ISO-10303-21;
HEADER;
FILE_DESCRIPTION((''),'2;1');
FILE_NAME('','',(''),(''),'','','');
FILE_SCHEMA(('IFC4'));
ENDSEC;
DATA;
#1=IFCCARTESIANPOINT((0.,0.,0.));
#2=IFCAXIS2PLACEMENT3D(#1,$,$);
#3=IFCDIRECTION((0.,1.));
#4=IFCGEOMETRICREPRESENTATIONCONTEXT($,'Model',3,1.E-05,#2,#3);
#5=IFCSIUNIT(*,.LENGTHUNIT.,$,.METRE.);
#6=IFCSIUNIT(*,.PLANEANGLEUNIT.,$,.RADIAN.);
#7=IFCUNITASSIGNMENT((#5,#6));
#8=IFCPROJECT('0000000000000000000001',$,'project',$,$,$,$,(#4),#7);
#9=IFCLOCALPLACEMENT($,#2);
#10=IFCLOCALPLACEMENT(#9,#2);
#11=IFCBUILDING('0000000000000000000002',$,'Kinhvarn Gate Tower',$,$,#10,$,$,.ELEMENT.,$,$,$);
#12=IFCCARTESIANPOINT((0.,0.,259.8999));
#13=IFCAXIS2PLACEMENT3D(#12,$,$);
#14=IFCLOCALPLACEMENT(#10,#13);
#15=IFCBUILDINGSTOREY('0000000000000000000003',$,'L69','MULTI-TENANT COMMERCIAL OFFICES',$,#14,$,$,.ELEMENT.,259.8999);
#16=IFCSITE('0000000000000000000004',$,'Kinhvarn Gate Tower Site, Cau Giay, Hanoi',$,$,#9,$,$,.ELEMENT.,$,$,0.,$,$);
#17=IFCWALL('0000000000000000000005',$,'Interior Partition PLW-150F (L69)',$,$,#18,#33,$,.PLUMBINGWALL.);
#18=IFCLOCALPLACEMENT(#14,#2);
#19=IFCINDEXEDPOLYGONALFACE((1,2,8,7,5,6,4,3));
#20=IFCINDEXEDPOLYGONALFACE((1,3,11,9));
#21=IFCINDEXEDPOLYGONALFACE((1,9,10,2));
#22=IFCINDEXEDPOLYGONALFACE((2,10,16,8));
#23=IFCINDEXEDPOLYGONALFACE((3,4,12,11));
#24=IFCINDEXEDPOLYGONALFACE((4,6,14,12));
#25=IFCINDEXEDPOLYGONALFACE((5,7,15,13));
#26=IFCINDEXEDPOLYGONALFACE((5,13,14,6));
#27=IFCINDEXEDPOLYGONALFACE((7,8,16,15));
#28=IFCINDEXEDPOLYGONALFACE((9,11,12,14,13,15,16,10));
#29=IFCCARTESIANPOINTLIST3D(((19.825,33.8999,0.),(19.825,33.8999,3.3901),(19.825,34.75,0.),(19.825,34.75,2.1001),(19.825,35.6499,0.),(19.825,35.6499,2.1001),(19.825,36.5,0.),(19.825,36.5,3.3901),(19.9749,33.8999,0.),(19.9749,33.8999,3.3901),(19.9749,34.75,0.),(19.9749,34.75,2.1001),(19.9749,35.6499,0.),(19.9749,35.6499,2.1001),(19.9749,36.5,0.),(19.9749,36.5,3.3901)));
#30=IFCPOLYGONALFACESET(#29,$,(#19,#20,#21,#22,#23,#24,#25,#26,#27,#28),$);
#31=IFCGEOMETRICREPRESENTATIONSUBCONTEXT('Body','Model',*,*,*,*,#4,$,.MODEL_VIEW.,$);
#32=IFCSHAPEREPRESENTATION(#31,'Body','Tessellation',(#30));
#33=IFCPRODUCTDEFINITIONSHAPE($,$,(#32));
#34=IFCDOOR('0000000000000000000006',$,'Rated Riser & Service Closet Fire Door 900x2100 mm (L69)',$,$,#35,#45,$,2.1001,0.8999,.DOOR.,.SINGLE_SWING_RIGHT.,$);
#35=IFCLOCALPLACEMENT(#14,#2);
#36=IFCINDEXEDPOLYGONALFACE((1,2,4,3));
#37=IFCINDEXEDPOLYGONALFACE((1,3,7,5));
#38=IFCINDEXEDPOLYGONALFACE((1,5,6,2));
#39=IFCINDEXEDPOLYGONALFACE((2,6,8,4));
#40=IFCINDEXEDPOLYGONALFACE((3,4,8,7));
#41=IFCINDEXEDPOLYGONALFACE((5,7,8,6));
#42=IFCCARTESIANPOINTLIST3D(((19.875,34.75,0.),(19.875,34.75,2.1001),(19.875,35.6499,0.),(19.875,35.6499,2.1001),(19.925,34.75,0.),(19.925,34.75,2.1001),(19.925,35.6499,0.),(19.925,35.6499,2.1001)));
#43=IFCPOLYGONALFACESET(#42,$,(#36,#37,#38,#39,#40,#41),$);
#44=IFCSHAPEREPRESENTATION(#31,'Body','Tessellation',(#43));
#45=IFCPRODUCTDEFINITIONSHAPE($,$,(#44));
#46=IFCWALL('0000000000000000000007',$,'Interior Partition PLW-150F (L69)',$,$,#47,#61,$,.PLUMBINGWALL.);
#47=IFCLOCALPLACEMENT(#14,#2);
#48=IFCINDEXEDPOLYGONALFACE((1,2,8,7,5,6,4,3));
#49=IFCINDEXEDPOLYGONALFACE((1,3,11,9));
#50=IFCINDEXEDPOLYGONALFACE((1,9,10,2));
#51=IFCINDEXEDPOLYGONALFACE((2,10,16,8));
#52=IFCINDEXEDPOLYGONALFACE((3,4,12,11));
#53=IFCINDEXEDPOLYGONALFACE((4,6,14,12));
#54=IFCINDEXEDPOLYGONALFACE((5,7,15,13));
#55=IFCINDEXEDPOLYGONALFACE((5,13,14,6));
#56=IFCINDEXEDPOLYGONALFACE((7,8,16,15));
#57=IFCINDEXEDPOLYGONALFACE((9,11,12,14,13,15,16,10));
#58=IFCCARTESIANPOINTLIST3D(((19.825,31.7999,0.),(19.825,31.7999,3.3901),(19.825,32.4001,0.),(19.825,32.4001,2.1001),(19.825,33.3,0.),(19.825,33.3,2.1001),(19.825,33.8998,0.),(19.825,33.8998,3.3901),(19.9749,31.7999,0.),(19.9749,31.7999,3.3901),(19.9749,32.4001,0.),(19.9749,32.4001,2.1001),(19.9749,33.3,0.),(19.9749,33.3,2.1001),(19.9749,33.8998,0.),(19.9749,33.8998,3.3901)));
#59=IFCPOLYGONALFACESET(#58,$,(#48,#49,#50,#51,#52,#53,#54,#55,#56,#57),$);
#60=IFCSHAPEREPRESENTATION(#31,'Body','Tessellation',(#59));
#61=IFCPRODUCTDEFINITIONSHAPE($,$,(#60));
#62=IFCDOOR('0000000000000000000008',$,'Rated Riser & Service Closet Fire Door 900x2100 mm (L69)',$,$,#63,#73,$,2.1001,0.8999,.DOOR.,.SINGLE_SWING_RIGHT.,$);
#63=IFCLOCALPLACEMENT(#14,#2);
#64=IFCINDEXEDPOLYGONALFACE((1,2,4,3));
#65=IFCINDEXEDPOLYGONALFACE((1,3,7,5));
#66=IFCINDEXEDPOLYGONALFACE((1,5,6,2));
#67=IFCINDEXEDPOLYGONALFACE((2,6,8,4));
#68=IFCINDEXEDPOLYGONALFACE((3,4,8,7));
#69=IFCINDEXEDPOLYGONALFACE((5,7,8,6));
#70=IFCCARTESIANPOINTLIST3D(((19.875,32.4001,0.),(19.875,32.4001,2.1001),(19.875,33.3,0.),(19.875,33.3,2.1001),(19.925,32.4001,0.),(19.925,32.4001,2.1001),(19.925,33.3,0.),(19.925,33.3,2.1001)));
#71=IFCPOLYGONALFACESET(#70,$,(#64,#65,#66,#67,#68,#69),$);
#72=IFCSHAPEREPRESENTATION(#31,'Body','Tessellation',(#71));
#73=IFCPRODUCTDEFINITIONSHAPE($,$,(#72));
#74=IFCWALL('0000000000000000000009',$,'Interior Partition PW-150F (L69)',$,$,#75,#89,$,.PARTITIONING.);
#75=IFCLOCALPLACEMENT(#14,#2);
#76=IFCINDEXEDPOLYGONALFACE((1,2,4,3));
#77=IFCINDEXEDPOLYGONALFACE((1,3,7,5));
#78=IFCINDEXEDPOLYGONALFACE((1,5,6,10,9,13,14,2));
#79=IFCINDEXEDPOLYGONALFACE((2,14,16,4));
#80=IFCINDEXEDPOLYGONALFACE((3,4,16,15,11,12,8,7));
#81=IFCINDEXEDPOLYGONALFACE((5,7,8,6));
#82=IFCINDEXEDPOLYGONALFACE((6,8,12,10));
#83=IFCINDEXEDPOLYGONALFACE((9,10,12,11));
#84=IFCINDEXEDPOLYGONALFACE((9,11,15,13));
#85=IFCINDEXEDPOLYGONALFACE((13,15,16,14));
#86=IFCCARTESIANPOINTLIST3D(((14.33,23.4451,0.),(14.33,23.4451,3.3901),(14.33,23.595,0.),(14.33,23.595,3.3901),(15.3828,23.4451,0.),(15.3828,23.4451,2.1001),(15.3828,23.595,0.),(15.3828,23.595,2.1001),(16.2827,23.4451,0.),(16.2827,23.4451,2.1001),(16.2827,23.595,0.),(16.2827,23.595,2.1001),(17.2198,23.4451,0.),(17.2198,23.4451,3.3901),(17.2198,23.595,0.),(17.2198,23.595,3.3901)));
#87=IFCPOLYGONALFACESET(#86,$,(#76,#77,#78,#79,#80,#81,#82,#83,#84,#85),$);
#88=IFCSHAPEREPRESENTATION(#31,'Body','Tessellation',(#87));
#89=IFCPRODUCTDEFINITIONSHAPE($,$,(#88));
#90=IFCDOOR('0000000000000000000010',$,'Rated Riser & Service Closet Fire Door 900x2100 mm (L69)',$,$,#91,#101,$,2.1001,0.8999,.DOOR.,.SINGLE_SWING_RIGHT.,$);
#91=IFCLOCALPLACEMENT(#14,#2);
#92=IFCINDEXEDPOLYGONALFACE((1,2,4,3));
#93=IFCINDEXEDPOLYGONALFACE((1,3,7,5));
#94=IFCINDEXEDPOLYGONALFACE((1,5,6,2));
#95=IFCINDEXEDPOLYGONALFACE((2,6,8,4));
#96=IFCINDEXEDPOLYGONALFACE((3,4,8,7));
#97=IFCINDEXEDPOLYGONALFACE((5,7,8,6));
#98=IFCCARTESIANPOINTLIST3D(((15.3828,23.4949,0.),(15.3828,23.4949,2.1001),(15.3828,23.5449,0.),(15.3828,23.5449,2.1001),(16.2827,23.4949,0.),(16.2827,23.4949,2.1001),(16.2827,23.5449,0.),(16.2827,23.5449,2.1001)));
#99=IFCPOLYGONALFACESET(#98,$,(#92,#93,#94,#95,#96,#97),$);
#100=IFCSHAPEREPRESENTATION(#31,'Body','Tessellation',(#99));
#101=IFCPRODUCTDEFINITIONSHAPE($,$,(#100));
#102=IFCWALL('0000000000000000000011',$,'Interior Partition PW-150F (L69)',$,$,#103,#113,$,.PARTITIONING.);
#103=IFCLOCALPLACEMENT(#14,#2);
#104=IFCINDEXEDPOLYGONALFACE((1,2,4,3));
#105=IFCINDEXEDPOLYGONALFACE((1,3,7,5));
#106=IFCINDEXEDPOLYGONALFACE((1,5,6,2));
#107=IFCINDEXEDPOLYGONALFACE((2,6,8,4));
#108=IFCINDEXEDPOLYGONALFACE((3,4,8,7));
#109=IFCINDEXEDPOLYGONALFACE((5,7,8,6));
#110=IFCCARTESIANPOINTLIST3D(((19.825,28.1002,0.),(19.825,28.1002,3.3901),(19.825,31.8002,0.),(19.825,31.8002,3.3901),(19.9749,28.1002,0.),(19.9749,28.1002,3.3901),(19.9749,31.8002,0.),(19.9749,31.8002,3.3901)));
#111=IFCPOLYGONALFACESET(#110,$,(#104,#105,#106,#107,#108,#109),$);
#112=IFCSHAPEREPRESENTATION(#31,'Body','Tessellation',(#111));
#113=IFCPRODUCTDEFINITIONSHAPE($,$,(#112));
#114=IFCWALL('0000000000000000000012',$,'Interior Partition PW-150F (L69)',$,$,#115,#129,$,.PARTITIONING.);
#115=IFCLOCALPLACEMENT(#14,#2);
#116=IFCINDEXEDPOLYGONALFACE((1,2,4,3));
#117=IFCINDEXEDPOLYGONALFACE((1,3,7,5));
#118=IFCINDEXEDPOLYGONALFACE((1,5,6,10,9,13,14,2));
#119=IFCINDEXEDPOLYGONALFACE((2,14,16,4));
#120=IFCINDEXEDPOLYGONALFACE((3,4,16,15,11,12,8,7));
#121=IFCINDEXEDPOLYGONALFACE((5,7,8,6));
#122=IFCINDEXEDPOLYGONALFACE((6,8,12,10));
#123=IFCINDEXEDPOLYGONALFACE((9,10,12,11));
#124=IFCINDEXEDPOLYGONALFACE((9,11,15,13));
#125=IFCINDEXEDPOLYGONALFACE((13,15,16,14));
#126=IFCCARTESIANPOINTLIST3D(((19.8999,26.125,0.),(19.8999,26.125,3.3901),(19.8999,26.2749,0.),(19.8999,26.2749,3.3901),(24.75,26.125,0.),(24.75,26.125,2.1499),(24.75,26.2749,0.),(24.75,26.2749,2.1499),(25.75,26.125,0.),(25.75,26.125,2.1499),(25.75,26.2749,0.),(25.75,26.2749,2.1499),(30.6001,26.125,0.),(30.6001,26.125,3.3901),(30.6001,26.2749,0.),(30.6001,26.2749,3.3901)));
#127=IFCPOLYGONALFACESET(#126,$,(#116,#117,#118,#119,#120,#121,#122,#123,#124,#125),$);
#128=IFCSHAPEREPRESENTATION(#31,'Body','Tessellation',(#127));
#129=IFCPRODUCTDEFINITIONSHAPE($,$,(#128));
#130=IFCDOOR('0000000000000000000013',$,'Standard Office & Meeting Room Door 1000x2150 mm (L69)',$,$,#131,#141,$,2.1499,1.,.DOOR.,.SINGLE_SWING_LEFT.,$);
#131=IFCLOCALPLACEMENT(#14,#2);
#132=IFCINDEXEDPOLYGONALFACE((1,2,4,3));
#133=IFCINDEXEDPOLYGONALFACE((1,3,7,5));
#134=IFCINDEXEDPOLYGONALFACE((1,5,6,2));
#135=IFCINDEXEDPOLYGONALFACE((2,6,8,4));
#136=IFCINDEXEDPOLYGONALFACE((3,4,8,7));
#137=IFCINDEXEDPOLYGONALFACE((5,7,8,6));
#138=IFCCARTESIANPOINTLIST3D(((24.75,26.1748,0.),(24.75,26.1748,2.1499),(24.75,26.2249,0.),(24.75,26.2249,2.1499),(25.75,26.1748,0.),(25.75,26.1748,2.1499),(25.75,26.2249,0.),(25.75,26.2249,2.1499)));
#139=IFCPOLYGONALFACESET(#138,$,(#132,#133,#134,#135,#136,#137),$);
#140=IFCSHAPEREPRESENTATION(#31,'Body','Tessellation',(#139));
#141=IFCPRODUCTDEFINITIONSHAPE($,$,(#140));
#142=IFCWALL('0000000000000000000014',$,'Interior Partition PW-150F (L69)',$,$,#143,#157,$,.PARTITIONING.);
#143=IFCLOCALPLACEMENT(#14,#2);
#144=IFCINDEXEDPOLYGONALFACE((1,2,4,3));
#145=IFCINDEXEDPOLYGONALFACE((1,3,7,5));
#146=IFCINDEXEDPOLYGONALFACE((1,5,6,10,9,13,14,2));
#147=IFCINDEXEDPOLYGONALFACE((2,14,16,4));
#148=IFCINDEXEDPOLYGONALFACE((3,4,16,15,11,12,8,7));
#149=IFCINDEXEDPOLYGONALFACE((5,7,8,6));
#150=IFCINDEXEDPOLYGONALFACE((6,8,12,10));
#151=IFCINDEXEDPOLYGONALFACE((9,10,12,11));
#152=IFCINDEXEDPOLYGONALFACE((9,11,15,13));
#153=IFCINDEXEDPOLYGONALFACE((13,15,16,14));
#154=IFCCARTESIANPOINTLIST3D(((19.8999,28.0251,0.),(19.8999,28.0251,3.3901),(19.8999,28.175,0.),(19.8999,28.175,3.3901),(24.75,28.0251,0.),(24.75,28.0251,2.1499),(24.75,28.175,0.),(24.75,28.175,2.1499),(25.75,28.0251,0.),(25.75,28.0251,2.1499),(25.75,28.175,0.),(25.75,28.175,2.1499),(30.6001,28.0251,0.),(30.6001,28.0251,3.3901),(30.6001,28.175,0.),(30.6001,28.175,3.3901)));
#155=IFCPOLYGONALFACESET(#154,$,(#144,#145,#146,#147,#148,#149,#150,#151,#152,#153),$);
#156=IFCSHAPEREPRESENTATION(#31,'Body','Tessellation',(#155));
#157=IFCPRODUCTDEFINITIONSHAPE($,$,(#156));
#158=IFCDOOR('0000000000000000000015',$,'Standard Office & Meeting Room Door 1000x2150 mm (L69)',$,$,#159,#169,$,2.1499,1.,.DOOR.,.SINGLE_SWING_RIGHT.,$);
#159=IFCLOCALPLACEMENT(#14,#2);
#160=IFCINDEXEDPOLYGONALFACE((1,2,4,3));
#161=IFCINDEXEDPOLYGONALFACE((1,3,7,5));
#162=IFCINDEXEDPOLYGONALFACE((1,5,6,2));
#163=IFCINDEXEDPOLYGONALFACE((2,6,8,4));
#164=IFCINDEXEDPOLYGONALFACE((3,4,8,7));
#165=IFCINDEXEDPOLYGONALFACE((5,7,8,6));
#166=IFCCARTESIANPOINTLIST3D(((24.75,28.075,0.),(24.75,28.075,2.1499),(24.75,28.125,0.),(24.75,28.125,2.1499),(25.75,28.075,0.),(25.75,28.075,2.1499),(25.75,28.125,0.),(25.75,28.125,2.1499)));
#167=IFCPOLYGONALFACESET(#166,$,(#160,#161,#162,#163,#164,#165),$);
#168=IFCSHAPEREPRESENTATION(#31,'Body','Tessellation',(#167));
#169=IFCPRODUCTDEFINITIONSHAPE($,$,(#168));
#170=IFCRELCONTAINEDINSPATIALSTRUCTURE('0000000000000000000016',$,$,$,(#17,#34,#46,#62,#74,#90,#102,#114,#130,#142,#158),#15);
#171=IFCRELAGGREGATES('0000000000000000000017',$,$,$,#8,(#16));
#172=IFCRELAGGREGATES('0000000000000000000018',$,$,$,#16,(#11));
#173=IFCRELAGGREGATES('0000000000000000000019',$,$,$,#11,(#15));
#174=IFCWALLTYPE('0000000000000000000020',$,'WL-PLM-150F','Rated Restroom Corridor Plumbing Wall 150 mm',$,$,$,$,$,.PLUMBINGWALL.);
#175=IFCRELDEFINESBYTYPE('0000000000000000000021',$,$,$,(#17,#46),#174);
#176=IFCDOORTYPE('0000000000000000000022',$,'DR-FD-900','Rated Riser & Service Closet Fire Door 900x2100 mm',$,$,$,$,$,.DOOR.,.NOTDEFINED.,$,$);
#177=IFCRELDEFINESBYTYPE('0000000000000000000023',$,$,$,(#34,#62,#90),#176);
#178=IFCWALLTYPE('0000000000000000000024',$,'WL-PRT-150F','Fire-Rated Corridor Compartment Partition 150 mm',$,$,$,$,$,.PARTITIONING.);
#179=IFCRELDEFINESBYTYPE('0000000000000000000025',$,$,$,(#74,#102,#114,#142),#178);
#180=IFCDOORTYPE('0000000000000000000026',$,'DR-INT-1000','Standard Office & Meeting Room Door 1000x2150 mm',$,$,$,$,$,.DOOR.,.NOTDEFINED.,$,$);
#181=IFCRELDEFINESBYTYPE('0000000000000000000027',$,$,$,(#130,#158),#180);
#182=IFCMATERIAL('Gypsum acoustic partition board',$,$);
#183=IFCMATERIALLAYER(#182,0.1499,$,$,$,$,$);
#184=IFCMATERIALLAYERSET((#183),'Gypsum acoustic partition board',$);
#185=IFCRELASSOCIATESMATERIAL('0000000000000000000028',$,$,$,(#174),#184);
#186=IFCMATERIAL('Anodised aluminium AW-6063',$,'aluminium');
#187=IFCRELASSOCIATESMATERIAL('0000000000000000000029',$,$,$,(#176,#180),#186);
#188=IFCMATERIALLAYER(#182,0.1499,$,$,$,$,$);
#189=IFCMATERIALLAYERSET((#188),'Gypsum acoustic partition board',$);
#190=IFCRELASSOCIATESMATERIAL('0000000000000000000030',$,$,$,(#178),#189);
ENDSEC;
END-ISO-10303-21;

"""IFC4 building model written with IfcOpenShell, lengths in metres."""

from ifc_helpers import new_model, si_unit, direction, frame, frame_2d, origin, place, context, subcontext, project, spatial, rectangle, extrude, material, layer, layer_set, type_object, element, fill, save


model = new_model("IFC4")

# Units and contexts
model_context = context("Model", 3, precision=1e-05, world=origin(), true_north=direction((0.0, 1.0)))
body_context = subcontext(model_context, "Body", "Model", "MODEL_VIEW")
ifc_project = project(units=[si_unit("LENGTHUNIT", "METRE"), si_unit("PLANEANGLEUNIT", "RADIAN")], contexts=[model_context])

# Site, building, storey
site_placement = place(None, origin())
site = spatial("IfcSite", under=ifc_project, at=site_placement, Name="Kinhvarn Gate Tower Site, Cau Giay, Hanoi", CompositionType="ELEMENT", RefElevation=0.0)
building_placement = place(site_placement, origin())
building = spatial("IfcBuilding", under=site, at=building_placement, Name="Kinhvarn Gate Tower", CompositionType="ELEMENT")
storey_placement = place(building_placement, frame((0.0, 0.0, 259.8999)))
storey = spatial("IfcBuildingStorey", under=building, at=storey_placement, Name="L69", Description="MULTI-TENANT COMMERCIAL OFFICES", CompositionType="ELEMENT", Elevation=259.8999)

# Shared definitions
ifc_material_1 = material(Name="Anodised aluminium AW-6063", Category="aluminium")

# Shared definitions
ifc_material_2 = material(Name="Gypsum acoustic partition board")

# Walls, openings, doors
ifc_layer_1 = layer(ifc_material_2, 0.1499)
ifc_layer_set_1 = layer_set([ifc_layer_1], Name="Gypsum acoustic partition board")
wall_type_1 = type_object("IfcWallType", Name="WL-PLM-150F", Description="Rated Restroom Corridor Plumbing Wall 150 mm", PredefinedType="PLUMBINGWALL", material=ifc_layer_set_1)
wall_1_placement = place(storey_placement, frame((19.8999, 33.8999, 0.0), z_axis=(0.0, 0.0, 1.0), x_axis=(0.0, 1.0, 0.0)))
wall_1 = element("IfcWall", 1, at=wall_1_placement, inside=storey, type_object=wall_type_1, Name="Interior Partition PLW-150F (L69)", PredefinedType="PLUMBINGWALL", context=body_context, shape_type="SweptSolid", body=[
    extrude(rectangle(XDim=2.6001, YDim=0.1499, at=frame_2d((1.3, 0.0))), origin(), (0.0, 0.0, 1.0), 3.3901),
])
opening_1_placement = place(wall_1_placement, frame((0.8501, 0.0, 0.0)))
opening_1 = element("IfcOpeningElement", 2, at=opening_1_placement, cuts=wall_1, PredefinedType="OPENING", context=body_context, shape_type="SweptSolid", body=[
    extrude(rectangle(XDim=0.8999, YDim=2.1001, at=frame_2d((0.45, 1.05))), frame((0.0, 0.085, 0.0), z_axis=(0.0, -1.0, 0.0), x_axis=(1.0, 0.0, 0.0)), (0.0, 0.0, 1.0), 0.1699),
])
door_type_1 = type_object("IfcDoorType", Name="DR-FD-900", Description="Rated Riser & Service Closet Fire Door 900x2100 mm", OperationType="NOTDEFINED", PredefinedType="DOOR", material=ifc_material_1)
door_1_placement = place(opening_1_placement, origin())
door_1 = element("IfcDoor", 3, at=door_1_placement, inside=storey, type_object=door_type_1, Name="Rated Riser & Service Closet Fire Door 900x2100 mm (L69)", OperationType="SINGLE_SWING_RIGHT", OverallHeight=2.1001, OverallWidth=0.8999, PredefinedType="DOOR", context=body_context, shape_type="SweptSolid", body=[
    extrude(rectangle(XDim=0.8999, YDim=2.1001, at=frame_2d((0.45, 1.05))), frame((0.0, 0.0249, 0.0), z_axis=(0.0, -1.0, 0.0), x_axis=(1.0, 0.0, 0.0)), (0.0, 0.0, 1.0), 0.05),
])
fill(opening_1, door_1)
wall_2_placement = place(storey_placement, frame((19.8999, 31.8, 0.0), z_axis=(0.0, 0.0, 1.0), x_axis=(0.0, 1.0, 0.0)))
wall_2 = element("IfcWall", 4, at=wall_2_placement, inside=storey, type_object=wall_type_1, Name="Interior Partition PLW-150F (L69)", PredefinedType="PLUMBINGWALL", context=body_context, shape_type="SweptSolid", body=[
    extrude(rectangle(XDim=2.0999, YDim=0.1499, at=frame_2d((1.0498, 0.0))), origin(), (0.0, 0.0, 1.0), 3.3901),
])
opening_2_placement = place(wall_2_placement, frame((0.6001, 0.0, 0.0)))
opening_2 = element("IfcOpeningElement", 5, at=opening_2_placement, cuts=wall_2, PredefinedType="OPENING", context=body_context, shape_type="SweptSolid", body=[
    extrude(rectangle(XDim=0.8999, YDim=2.1001, at=frame_2d((0.45, 1.05))), frame((0.0, 0.085, 0.0), z_axis=(0.0, -1.0, 0.0), x_axis=(1.0, 0.0, 0.0)), (0.0, 0.0, 1.0), 0.1699),
])
door_2_placement = place(opening_2_placement, origin())
door_2 = element("IfcDoor", 6, at=door_2_placement, inside=storey, type_object=door_type_1, Name="Rated Riser & Service Closet Fire Door 900x2100 mm (L69)", OperationType="SINGLE_SWING_RIGHT", OverallHeight=2.1001, OverallWidth=0.8999, PredefinedType="DOOR", context=body_context, shape_type="SweptSolid", body=[
    extrude(rectangle(XDim=0.8999, YDim=2.1001, at=frame_2d((0.45, 1.05))), frame((0.0, 0.0249, 0.0), z_axis=(0.0, -1.0, 0.0), x_axis=(1.0, 0.0, 0.0)), (0.0, 0.0, 1.0), 0.05),
])
fill(opening_2, door_2)
ifc_layer_2 = layer(ifc_material_2, 0.1499)
ifc_layer_set_2 = layer_set([ifc_layer_2], Name="Gypsum acoustic partition board")
wall_type_2 = type_object("IfcWallType", Name="WL-PRT-150F", Description="Fire-Rated Corridor Compartment Partition 150 mm", PredefinedType="PARTITIONING", material=ifc_layer_set_2)
wall_3_placement = place(storey_placement, frame((14.3301, 23.52, 0.0), z_axis=(0.0, 0.0, 1.0), x_axis=(1.0, 0.0, 0.0)))
wall_3 = element("IfcWall", 7, at=wall_3_placement, inside=storey, type_object=wall_type_2, Name="Interior Partition PW-150F (L69)", PredefinedType="PARTITIONING", context=body_context, shape_type="SweptSolid", body=[
    extrude(rectangle(XDim=2.8899, YDim=0.1499, at=frame_2d((1.4448, 0.0))), origin(), (0.0, 0.0, 1.0), 3.3901),
])
opening_3_placement = place(wall_3_placement, frame((1.0527, 0.0, 0.0)))
opening_3 = element("IfcOpeningElement", 8, at=opening_3_placement, cuts=wall_3, PredefinedType="OPENING", context=body_context, shape_type="SweptSolid", body=[
    extrude(rectangle(XDim=0.8999, YDim=2.1001, at=frame_2d((0.45, 1.05))), frame((0.0, 0.085, 0.0), z_axis=(0.0, -1.0, 0.0), x_axis=(1.0, 0.0, 0.0)), (0.0, 0.0, 1.0), 0.1699),
])
door_3_placement = place(opening_3_placement, origin())
door_3 = element("IfcDoor", 9, at=door_3_placement, inside=storey, type_object=door_type_1, Name="Rated Riser & Service Closet Fire Door 900x2100 mm (L69)", OperationType="SINGLE_SWING_RIGHT", OverallHeight=2.1001, OverallWidth=0.8999, PredefinedType="DOOR", context=body_context, shape_type="SweptSolid", body=[
    extrude(rectangle(XDim=0.8999, YDim=2.1001, at=frame_2d((0.45, 1.05))), frame((0.0, 0.0249, 0.0), z_axis=(0.0, -1.0, 0.0), x_axis=(1.0, 0.0, 0.0)), (0.0, 0.0, 1.0), 0.05),
])
fill(opening_3, door_3)

# Wall
wall_4_placement = place(storey_placement, frame((19.8999, 28.1001, 0.0), z_axis=(0.0, 0.0, 1.0), x_axis=(0.0, 1.0, 0.0)))
element("IfcWall", 10, at=wall_4_placement, inside=storey, type_object=wall_type_2, Name="Interior Partition PW-150F (L69)", PredefinedType="PARTITIONING", context=body_context, shape_type="SweptSolid", body=[
    extrude(rectangle(XDim=3.7, YDim=0.1499, at=frame_2d((1.8501, 0.0))), origin(), (0.0, 0.0, 1.0), 3.3901),
])

# Walls, openings, doors
wall_5_placement = place(storey_placement, frame((19.8999, 26.2, 0.0), z_axis=(0.0, 0.0, 1.0), x_axis=(1.0, 0.0, 0.0)))
wall_5 = element("IfcWall", 11, at=wall_5_placement, inside=storey, type_object=wall_type_2, Name="Interior Partition PW-150F (L69)", PredefinedType="PARTITIONING", context=body_context, shape_type="SweptSolid", body=[
    extrude(rectangle(XDim=10.7002, YDim=0.1499, at=frame_2d((5.3501, 0.0))), origin(), (0.0, 0.0, 1.0), 3.3901),
])
opening_4_placement = place(wall_5_placement, frame((4.8501, 0.0, 0.0)))
opening_4 = element("IfcOpeningElement", 12, at=opening_4_placement, cuts=wall_5, PredefinedType="OPENING", context=body_context, shape_type="SweptSolid", body=[
    extrude(rectangle(XDim=1.0, YDim=2.1499, at=frame_2d((0.5, 1.075))), frame((0.0, 0.085, 0.0), z_axis=(0.0, -1.0, 0.0), x_axis=(1.0, 0.0, 0.0)), (0.0, 0.0, 1.0), 0.1699),
])
door_type_2 = type_object("IfcDoorType", Name="DR-INT-1000", Description="Standard Office & Meeting Room Door 1000x2150 mm", OperationType="NOTDEFINED", PredefinedType="DOOR", material=ifc_material_1)
door_4_placement = place(opening_4_placement, origin())
door_4 = element("IfcDoor", 13, at=door_4_placement, inside=storey, type_object=door_type_2, Name="Standard Office & Meeting Room Door 1000x2150 mm (L69)", OperationType="SINGLE_SWING_LEFT", OverallHeight=2.1499, OverallWidth=1.0, PredefinedType="DOOR", context=body_context, shape_type="SweptSolid", body=[
    extrude(rectangle(XDim=1.0, YDim=2.1499, at=frame_2d((0.5, 1.075))), frame((0.0, 0.0249, 0.0), z_axis=(0.0, -1.0, 0.0), x_axis=(1.0, 0.0, 0.0)), (0.0, 0.0, 1.0), 0.05),
])
fill(opening_4, door_4)
wall_6_placement = place(storey_placement, frame((19.8999, 28.1001, 0.0), z_axis=(0.0, 0.0, 1.0), x_axis=(1.0, 0.0, 0.0)))
wall_6 = element("IfcWall", 14, at=wall_6_placement, inside=storey, type_object=wall_type_2, Name="Interior Partition PW-150F (L69)", PredefinedType="PARTITIONING", context=body_context, shape_type="SweptSolid", body=[
    extrude(rectangle(XDim=10.7002, YDim=0.1499, at=frame_2d((5.3501, 0.0))), origin(), (0.0, 0.0, 1.0), 3.3901),
])
opening_5_placement = place(wall_6_placement, frame((4.8501, 0.0, 0.0)))
opening_5 = element("IfcOpeningElement", 15, at=opening_5_placement, cuts=wall_6, PredefinedType="OPENING", context=body_context, shape_type="SweptSolid", body=[
    extrude(rectangle(XDim=1.0, YDim=2.1499, at=frame_2d((0.5, 1.075))), frame((0.0, 0.085, 0.0), z_axis=(0.0, -1.0, 0.0), x_axis=(1.0, 0.0, 0.0)), (0.0, 0.0, 1.0), 0.1699),
])
door_5_placement = place(opening_5_placement, origin())
door_5 = element("IfcDoor", 16, at=door_5_placement, inside=storey, type_object=door_type_2, Name="Standard Office & Meeting Room Door 1000x2150 mm (L69)", OperationType="SINGLE_SWING_RIGHT", OverallHeight=2.1499, OverallWidth=1.0, PredefinedType="DOOR", context=body_context, shape_type="SweptSolid", body=[
    extrude(rectangle(XDim=1.0, YDim=2.1499, at=frame_2d((0.5, 1.075))), frame((0.0, 0.0249, 0.0), z_axis=(0.0, -1.0, 0.0), x_axis=(1.0, 0.0, 0.0)), (0.0, 0.0, 1.0), 0.05),
])
fill(opening_5, door_5)

save(model, "model.ifc")
